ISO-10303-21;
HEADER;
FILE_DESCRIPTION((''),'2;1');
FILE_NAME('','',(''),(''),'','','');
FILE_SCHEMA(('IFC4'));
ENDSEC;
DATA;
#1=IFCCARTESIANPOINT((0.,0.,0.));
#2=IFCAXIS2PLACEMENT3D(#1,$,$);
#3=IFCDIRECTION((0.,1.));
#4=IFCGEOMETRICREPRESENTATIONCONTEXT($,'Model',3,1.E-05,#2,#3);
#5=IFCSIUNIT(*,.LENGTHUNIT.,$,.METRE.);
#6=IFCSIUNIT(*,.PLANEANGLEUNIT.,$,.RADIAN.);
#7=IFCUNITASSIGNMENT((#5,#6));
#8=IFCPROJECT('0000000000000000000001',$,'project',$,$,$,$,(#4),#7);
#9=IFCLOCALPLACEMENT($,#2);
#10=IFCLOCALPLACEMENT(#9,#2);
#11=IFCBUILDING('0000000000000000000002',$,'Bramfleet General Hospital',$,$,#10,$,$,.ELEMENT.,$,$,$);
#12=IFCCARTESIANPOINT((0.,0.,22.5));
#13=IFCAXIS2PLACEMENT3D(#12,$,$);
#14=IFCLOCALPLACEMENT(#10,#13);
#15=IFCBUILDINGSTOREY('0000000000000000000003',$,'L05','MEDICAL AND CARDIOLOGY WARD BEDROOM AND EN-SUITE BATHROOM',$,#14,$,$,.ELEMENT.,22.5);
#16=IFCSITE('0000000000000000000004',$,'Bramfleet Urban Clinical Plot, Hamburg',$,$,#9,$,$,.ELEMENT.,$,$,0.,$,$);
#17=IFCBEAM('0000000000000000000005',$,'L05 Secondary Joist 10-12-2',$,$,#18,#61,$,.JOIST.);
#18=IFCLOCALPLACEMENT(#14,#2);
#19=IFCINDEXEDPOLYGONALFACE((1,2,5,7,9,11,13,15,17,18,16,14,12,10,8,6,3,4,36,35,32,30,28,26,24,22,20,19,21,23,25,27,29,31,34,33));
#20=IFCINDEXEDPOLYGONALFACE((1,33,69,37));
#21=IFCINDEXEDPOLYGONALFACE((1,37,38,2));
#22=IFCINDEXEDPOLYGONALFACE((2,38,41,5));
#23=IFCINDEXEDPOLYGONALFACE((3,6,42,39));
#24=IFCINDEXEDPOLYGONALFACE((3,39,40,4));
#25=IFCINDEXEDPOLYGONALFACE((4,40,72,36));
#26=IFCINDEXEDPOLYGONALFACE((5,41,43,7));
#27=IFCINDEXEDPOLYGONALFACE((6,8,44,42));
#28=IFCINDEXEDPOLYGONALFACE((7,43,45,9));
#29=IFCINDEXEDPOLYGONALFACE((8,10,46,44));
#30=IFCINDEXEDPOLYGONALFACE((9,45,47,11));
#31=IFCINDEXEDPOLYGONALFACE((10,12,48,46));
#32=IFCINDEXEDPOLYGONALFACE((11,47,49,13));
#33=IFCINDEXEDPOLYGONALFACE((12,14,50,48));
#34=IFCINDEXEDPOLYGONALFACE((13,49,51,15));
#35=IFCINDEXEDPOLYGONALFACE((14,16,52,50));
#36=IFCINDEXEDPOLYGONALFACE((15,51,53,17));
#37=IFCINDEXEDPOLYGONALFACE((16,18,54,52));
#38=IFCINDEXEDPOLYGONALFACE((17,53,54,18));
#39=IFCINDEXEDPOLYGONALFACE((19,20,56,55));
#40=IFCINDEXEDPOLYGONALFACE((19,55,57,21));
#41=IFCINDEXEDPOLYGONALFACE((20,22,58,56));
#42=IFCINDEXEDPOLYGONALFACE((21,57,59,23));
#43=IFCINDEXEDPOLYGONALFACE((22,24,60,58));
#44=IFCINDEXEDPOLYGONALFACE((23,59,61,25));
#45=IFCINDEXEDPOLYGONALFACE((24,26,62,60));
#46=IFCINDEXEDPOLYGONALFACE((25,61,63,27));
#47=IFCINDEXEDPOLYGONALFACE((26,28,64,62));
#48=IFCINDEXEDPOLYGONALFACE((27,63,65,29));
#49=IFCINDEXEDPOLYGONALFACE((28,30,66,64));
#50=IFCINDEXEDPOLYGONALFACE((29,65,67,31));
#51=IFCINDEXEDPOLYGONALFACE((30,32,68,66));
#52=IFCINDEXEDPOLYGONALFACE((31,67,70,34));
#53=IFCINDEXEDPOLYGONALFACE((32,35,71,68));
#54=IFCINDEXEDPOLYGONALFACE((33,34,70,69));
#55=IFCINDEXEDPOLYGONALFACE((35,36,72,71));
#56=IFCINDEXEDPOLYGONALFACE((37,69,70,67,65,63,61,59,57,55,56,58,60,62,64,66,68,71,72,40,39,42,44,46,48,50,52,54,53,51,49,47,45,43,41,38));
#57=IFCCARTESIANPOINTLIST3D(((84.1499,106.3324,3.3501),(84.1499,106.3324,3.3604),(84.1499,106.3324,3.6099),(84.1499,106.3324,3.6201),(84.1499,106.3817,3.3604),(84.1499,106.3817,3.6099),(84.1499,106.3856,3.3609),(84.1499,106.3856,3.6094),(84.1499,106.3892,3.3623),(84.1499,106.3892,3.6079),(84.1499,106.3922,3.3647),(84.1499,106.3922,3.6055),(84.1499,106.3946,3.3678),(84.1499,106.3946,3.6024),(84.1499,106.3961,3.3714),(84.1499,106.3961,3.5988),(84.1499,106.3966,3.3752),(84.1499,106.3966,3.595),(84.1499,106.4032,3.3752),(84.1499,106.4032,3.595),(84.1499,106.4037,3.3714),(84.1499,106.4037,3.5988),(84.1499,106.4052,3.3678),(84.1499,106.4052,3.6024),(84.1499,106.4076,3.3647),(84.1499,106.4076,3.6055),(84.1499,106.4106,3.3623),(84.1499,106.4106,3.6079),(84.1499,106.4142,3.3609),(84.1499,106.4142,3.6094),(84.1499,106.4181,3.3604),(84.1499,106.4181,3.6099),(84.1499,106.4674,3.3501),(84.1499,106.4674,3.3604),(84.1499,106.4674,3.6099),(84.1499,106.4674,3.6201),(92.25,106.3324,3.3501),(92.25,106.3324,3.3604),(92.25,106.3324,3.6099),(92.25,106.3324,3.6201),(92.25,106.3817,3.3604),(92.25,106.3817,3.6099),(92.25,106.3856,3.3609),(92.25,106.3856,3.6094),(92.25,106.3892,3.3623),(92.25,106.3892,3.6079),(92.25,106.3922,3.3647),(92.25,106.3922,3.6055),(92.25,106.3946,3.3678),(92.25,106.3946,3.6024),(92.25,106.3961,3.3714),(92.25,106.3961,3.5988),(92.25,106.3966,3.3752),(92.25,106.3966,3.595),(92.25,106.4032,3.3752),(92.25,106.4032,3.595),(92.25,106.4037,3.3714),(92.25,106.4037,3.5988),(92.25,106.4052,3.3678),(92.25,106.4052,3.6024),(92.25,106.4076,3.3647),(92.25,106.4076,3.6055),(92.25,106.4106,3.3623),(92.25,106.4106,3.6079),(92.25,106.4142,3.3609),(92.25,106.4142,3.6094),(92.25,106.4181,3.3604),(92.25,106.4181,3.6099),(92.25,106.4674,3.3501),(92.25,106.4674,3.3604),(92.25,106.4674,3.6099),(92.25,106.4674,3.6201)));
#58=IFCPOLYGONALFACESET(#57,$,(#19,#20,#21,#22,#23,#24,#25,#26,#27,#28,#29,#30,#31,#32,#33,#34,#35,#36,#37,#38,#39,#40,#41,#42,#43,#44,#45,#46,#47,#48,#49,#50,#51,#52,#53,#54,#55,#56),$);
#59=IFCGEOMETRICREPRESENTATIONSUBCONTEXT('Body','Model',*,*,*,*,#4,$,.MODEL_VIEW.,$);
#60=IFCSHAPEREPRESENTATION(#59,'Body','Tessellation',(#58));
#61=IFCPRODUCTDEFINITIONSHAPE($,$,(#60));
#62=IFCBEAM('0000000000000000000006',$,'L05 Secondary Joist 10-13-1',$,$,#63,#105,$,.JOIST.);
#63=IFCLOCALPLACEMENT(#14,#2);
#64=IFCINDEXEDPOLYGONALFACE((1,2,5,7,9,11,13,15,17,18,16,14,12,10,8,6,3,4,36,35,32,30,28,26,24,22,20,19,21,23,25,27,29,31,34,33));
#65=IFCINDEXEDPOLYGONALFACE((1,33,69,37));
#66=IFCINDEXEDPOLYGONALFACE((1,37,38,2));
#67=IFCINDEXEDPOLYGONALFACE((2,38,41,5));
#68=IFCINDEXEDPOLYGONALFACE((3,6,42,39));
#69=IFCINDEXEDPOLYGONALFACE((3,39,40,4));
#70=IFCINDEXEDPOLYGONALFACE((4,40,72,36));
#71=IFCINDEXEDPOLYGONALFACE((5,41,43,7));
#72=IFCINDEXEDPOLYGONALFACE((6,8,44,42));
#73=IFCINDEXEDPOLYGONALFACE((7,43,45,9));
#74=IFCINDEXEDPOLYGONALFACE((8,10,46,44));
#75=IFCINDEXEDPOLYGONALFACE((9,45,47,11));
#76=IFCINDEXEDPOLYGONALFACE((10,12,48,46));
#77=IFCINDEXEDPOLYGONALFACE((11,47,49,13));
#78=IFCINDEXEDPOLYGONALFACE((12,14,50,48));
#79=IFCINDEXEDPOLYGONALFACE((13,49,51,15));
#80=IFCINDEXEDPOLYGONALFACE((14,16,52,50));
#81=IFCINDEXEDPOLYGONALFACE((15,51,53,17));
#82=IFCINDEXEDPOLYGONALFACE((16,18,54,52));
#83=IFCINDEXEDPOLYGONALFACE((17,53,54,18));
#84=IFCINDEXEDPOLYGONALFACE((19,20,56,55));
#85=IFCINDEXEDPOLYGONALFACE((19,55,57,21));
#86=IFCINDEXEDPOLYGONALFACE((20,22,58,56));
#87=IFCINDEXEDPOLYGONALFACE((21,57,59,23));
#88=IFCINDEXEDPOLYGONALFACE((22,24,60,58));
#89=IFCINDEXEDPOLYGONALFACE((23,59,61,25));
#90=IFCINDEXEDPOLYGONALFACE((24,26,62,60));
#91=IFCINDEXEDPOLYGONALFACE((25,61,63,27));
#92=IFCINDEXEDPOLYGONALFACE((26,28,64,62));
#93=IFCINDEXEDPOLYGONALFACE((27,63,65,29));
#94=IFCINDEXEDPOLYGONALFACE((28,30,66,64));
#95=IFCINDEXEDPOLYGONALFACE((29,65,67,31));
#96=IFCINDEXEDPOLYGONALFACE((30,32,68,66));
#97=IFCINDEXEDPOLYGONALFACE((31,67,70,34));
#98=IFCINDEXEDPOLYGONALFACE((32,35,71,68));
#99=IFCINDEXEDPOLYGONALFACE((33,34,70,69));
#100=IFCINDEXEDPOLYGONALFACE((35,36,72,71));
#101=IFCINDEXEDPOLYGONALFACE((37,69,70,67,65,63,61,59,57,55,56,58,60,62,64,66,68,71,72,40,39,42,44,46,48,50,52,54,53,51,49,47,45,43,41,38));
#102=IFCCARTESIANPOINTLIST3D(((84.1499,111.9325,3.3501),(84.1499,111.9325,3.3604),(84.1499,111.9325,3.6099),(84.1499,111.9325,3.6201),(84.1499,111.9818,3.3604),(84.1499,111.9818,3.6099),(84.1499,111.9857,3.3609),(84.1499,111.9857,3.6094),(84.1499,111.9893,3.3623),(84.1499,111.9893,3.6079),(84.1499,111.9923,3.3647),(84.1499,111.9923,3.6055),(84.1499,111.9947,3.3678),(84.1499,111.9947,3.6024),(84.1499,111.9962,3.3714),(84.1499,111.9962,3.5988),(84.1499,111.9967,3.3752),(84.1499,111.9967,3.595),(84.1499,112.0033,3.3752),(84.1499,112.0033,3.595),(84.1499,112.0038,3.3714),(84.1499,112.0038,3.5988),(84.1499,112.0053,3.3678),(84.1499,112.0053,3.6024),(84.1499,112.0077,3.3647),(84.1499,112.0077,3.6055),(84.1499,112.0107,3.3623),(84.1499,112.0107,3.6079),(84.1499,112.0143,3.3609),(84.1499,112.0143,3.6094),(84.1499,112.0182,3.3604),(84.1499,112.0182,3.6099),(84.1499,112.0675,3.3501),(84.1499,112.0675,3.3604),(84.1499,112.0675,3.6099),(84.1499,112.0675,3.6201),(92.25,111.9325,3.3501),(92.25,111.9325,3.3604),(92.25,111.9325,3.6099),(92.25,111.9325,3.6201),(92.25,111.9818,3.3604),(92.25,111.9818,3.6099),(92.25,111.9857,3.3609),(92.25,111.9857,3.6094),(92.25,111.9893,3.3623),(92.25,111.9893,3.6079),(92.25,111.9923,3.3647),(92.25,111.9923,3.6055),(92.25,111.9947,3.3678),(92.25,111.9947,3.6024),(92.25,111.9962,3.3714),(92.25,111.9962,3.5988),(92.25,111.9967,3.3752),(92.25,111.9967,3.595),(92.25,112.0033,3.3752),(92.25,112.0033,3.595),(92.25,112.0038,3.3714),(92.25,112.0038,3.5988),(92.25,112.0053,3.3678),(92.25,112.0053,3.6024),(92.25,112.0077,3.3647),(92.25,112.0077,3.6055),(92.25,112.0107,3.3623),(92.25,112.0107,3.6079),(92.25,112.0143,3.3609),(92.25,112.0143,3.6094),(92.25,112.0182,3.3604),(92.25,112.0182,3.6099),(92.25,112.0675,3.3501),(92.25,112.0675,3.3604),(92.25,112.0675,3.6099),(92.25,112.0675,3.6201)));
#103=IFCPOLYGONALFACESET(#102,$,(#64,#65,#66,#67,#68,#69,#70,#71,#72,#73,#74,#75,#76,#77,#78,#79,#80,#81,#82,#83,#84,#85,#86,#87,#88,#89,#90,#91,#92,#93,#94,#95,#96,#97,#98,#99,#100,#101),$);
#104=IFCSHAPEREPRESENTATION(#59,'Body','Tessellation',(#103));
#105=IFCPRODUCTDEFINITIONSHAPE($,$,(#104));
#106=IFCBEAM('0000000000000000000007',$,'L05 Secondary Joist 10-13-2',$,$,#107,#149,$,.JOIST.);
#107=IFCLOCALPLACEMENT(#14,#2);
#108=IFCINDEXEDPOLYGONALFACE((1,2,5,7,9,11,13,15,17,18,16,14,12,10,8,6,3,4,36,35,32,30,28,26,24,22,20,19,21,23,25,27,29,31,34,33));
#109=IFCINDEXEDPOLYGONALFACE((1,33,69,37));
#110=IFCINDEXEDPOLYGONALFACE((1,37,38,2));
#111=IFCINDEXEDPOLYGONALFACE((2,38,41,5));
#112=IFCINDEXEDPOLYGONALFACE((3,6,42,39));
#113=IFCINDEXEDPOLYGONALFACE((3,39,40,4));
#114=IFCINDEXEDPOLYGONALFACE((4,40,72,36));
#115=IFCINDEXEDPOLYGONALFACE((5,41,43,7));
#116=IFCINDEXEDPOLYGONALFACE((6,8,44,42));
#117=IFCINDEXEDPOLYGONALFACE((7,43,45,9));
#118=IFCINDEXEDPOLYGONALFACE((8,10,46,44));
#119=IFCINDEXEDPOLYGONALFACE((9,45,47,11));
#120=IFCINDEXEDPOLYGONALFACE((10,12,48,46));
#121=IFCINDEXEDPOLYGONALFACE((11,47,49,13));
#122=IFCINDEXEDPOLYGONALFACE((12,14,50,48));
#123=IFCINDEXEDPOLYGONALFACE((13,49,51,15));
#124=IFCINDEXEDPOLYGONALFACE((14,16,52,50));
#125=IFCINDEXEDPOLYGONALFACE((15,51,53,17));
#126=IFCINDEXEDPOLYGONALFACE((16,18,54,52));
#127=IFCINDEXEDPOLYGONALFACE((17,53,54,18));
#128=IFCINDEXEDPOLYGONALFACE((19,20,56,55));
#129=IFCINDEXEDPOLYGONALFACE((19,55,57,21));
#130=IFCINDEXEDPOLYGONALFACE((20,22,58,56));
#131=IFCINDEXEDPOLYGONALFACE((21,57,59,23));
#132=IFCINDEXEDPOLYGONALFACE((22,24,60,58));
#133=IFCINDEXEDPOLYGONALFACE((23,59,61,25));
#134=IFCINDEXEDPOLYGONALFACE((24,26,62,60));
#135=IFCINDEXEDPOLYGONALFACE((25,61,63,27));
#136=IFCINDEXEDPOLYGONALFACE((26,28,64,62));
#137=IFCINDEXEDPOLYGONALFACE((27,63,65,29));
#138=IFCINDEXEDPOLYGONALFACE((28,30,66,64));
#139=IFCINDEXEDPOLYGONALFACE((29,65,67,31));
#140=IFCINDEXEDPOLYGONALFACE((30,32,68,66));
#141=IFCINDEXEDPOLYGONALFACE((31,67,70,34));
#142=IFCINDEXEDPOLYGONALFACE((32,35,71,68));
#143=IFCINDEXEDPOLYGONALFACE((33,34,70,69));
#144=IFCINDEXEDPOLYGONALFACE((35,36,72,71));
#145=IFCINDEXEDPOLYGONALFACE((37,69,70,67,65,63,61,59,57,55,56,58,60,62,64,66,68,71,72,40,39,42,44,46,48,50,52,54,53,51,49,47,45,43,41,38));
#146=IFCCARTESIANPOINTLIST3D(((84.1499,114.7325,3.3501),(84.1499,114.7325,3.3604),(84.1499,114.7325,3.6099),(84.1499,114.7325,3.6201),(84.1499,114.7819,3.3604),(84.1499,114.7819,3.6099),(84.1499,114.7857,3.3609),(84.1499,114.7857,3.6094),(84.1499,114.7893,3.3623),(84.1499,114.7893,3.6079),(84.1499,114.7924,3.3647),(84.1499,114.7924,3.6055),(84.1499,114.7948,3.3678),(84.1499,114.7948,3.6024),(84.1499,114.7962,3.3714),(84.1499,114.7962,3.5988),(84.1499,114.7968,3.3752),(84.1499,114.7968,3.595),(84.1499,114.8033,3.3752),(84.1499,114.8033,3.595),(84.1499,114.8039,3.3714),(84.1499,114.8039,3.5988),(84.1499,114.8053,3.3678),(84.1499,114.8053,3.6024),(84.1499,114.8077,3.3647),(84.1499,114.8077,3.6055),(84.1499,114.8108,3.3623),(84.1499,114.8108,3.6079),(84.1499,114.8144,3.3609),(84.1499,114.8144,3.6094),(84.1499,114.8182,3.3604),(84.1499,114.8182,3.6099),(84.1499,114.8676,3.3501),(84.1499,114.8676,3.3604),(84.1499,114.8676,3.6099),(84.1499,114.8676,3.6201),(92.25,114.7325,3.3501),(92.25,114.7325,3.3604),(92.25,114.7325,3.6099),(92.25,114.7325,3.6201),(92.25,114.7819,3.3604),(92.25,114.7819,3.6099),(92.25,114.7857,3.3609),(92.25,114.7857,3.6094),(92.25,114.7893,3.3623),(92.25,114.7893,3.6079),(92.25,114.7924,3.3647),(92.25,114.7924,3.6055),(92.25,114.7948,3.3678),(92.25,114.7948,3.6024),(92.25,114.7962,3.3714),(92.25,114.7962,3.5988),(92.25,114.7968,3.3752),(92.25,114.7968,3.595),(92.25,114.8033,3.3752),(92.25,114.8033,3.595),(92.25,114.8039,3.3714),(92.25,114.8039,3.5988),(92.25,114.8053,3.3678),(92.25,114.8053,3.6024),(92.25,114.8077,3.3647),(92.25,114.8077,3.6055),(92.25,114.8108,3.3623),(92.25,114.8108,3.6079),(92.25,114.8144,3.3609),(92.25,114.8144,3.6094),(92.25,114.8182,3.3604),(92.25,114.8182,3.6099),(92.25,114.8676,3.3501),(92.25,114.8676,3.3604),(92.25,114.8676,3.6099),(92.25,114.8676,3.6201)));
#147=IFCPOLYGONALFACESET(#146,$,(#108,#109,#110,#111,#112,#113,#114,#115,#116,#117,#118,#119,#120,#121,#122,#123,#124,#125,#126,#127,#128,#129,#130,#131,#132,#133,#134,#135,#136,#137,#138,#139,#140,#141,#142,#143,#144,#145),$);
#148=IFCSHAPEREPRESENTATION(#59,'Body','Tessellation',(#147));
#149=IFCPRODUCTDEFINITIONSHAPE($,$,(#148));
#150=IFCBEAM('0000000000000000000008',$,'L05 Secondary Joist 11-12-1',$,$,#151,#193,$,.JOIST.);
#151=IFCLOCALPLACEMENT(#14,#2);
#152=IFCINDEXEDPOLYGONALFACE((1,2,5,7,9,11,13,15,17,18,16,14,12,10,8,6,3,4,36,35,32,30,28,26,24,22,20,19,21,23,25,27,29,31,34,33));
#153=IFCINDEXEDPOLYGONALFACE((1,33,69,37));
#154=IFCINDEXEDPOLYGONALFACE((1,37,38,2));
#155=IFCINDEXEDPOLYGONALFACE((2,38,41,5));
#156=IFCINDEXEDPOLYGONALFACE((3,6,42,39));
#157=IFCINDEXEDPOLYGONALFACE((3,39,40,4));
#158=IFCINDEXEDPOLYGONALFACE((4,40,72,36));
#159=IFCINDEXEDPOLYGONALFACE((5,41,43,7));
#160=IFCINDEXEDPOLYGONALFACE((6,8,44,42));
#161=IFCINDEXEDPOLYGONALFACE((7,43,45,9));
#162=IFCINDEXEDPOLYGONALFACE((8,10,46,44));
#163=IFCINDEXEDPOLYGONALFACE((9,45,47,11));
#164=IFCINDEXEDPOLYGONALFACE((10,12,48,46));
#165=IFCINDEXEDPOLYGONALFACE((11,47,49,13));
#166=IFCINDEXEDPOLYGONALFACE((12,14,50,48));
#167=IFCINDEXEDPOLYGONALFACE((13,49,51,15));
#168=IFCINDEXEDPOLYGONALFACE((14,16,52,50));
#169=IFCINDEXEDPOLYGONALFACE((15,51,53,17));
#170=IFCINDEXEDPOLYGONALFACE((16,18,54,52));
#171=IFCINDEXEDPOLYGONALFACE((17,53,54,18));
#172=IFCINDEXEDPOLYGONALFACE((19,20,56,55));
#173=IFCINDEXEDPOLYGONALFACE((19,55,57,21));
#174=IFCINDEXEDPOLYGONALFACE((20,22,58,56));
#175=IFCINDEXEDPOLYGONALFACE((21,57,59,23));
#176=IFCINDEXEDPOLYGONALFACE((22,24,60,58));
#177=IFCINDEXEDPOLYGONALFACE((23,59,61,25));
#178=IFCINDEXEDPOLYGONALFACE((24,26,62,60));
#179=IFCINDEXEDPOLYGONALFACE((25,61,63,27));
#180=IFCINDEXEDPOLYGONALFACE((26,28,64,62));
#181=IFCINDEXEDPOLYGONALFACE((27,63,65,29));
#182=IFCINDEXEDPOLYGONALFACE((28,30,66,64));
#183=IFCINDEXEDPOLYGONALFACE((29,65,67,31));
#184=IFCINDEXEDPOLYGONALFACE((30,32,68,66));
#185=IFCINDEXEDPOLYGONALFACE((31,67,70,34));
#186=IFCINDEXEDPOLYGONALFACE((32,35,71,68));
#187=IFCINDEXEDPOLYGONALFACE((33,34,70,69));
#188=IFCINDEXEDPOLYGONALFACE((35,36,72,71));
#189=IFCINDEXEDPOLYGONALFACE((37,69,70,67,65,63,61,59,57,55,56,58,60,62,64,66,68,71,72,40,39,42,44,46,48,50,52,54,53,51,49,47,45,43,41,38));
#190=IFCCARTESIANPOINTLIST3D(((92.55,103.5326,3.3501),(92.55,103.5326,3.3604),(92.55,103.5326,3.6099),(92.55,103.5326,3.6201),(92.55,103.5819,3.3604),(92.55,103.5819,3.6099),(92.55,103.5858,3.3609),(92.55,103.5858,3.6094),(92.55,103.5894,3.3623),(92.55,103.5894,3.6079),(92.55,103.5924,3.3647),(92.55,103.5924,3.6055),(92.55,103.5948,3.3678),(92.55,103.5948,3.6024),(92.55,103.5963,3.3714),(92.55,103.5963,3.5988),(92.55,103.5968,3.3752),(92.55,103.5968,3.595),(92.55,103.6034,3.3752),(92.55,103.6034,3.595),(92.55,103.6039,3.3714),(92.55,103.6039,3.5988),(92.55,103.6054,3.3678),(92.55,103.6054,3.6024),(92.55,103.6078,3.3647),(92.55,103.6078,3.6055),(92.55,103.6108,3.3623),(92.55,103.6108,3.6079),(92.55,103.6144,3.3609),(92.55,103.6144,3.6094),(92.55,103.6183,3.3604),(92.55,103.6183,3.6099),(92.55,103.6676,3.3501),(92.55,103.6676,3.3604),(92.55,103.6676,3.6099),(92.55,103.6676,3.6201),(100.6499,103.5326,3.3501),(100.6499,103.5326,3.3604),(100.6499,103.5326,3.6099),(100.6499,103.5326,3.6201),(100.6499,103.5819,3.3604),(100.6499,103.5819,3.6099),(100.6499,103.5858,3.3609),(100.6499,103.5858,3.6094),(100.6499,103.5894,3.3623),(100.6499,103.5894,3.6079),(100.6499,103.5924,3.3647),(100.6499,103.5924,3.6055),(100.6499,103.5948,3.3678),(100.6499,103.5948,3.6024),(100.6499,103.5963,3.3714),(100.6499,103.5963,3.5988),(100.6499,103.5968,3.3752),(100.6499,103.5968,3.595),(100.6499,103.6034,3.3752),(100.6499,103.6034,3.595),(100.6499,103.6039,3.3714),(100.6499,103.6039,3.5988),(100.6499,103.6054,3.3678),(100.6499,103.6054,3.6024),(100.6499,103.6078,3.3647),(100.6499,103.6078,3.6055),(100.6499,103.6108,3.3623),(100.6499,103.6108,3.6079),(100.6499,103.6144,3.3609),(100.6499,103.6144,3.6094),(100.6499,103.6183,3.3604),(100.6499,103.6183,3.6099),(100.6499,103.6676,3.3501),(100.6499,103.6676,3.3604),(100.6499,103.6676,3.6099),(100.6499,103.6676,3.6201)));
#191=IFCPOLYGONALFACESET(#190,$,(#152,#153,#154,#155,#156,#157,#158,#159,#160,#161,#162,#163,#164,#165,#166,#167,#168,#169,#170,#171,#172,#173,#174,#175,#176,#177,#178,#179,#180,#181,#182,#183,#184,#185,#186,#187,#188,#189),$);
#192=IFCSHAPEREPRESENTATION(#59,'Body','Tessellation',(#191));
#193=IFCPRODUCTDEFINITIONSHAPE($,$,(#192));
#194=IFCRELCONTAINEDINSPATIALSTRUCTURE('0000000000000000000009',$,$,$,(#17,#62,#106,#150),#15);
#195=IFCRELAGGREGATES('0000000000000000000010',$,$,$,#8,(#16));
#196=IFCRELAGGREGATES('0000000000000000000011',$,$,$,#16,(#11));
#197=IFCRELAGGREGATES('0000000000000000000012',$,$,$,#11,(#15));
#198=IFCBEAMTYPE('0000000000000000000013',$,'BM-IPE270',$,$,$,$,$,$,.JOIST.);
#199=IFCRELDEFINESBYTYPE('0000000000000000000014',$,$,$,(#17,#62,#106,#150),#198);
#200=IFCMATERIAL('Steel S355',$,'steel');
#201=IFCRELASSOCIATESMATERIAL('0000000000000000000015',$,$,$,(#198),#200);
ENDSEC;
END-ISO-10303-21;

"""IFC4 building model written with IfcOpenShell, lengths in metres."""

from ifc_helpers import new_model, si_unit, direction, frame, origin, origin_2d, place, context, subcontext, project, spatial, i_section, extrude, material, material_profile, profile_set, type_object, element, save


model = new_model("IFC4")

# Units and contexts
model_context = context("Model", 3, precision=1e-05, world=origin(), true_north=direction((0.0, 1.0)))
body_context = subcontext(model_context, "Body", "Model", "MODEL_VIEW")
ifc_project = project(units=[si_unit("LENGTHUNIT", "METRE"), si_unit("PLANEANGLEUNIT", "RADIAN")], contexts=[model_context])

# Site, building, storey
site_placement = place(None, origin())
site = spatial("IfcSite", under=ifc_project, at=site_placement, Name="Bramfleet Urban Clinical Plot, Hamburg", CompositionType="ELEMENT", RefElevation=0.0)
building_placement = place(site_placement, origin())
building = spatial("IfcBuilding", under=site, at=building_placement, Name="Bramfleet General Hospital", CompositionType="ELEMENT")
storey_placement = place(building_placement, frame((0.0, 0.0, 22.5)))
storey = spatial("IfcBuildingStorey", under=building, at=storey_placement, Name="L05", Description="MEDICAL AND CARDIOLOGY WARD BEDROOM AND EN-SUITE BATHROOM", CompositionType="ELEMENT", Elevation=22.5)

# Beams
ifc_material_1 = material(Name="Steel S355", Category="steel")
ifc_material_profile_1 = material_profile(ifc_material_1, i_section(OverallWidth=0.135, OverallDepth=0.27, WebThickness=0.0066, FlangeThickness=0.0103, FilletRadius=0.0149, at=origin_2d()), Name="IPE 270")
ifc_profile_set_1 = profile_set([ifc_material_profile_1], Name="Steel S355")
beam_type_1 = type_object("IfcBeamType", Name="BM-IPE270", PredefinedType="JOIST", material=ifc_profile_set_1)
for number, where, z_axis, x_axis, name in (
    (1, (84.1499, 106.3999, 3.4851), (1.0, 0.0, 0.0), (0.0, 1.0, 0.0), "L05 Secondary Joist 10-12-2"),
    (2, (84.1499, 112.0, 3.4851), (1.0, 0.0, 0.0), (0.0, 1.0, 0.0), "L05 Secondary Joist 10-13-1"),
    (3, (84.1499, 114.8, 3.4851), (1.0, 0.0, 0.0), (0.0, 1.0, 0.0), "L05 Secondary Joist 10-13-2"),
):
    element("IfcBeam", number, at=place(storey_placement, frame(where, z_axis=z_axis, x_axis=x_axis)), inside=storey, type_object=beam_type_1, Name=name, PredefinedType="JOIST", context=body_context, shape_type="SweptSolid", body=[
        extrude(i_section(OverallWidth=0.135, OverallDepth=0.27, WebThickness=0.0066, FlangeThickness=0.0103, FilletRadius=0.0149, at=origin_2d()), origin(), (0.0, 0.0, 1.0), 8.1001),
    ])
for number, where, z_axis, x_axis, name in (
    (4, (92.55, 103.6001, 3.4851), (1.0, 0.0, 0.0), (0.0, 1.0, 0.0), "L05 Secondary Joist 11-12-1"),
):
    element("IfcBeam", number, at=place(storey_placement, frame(where, z_axis=z_axis, x_axis=x_axis)), inside=storey, type_object=beam_type_1, Name=name, PredefinedType="JOIST", context=body_context, shape_type="SweptSolid", body=[
        extrude(i_section(OverallWidth=0.135, OverallDepth=0.27, WebThickness=0.0066, FlangeThickness=0.0103, FilletRadius=0.0149, at=origin_2d()), origin(), (0.0, 0.0, 1.0), 8.0999),
    ])

save(model, "model.ifc")
